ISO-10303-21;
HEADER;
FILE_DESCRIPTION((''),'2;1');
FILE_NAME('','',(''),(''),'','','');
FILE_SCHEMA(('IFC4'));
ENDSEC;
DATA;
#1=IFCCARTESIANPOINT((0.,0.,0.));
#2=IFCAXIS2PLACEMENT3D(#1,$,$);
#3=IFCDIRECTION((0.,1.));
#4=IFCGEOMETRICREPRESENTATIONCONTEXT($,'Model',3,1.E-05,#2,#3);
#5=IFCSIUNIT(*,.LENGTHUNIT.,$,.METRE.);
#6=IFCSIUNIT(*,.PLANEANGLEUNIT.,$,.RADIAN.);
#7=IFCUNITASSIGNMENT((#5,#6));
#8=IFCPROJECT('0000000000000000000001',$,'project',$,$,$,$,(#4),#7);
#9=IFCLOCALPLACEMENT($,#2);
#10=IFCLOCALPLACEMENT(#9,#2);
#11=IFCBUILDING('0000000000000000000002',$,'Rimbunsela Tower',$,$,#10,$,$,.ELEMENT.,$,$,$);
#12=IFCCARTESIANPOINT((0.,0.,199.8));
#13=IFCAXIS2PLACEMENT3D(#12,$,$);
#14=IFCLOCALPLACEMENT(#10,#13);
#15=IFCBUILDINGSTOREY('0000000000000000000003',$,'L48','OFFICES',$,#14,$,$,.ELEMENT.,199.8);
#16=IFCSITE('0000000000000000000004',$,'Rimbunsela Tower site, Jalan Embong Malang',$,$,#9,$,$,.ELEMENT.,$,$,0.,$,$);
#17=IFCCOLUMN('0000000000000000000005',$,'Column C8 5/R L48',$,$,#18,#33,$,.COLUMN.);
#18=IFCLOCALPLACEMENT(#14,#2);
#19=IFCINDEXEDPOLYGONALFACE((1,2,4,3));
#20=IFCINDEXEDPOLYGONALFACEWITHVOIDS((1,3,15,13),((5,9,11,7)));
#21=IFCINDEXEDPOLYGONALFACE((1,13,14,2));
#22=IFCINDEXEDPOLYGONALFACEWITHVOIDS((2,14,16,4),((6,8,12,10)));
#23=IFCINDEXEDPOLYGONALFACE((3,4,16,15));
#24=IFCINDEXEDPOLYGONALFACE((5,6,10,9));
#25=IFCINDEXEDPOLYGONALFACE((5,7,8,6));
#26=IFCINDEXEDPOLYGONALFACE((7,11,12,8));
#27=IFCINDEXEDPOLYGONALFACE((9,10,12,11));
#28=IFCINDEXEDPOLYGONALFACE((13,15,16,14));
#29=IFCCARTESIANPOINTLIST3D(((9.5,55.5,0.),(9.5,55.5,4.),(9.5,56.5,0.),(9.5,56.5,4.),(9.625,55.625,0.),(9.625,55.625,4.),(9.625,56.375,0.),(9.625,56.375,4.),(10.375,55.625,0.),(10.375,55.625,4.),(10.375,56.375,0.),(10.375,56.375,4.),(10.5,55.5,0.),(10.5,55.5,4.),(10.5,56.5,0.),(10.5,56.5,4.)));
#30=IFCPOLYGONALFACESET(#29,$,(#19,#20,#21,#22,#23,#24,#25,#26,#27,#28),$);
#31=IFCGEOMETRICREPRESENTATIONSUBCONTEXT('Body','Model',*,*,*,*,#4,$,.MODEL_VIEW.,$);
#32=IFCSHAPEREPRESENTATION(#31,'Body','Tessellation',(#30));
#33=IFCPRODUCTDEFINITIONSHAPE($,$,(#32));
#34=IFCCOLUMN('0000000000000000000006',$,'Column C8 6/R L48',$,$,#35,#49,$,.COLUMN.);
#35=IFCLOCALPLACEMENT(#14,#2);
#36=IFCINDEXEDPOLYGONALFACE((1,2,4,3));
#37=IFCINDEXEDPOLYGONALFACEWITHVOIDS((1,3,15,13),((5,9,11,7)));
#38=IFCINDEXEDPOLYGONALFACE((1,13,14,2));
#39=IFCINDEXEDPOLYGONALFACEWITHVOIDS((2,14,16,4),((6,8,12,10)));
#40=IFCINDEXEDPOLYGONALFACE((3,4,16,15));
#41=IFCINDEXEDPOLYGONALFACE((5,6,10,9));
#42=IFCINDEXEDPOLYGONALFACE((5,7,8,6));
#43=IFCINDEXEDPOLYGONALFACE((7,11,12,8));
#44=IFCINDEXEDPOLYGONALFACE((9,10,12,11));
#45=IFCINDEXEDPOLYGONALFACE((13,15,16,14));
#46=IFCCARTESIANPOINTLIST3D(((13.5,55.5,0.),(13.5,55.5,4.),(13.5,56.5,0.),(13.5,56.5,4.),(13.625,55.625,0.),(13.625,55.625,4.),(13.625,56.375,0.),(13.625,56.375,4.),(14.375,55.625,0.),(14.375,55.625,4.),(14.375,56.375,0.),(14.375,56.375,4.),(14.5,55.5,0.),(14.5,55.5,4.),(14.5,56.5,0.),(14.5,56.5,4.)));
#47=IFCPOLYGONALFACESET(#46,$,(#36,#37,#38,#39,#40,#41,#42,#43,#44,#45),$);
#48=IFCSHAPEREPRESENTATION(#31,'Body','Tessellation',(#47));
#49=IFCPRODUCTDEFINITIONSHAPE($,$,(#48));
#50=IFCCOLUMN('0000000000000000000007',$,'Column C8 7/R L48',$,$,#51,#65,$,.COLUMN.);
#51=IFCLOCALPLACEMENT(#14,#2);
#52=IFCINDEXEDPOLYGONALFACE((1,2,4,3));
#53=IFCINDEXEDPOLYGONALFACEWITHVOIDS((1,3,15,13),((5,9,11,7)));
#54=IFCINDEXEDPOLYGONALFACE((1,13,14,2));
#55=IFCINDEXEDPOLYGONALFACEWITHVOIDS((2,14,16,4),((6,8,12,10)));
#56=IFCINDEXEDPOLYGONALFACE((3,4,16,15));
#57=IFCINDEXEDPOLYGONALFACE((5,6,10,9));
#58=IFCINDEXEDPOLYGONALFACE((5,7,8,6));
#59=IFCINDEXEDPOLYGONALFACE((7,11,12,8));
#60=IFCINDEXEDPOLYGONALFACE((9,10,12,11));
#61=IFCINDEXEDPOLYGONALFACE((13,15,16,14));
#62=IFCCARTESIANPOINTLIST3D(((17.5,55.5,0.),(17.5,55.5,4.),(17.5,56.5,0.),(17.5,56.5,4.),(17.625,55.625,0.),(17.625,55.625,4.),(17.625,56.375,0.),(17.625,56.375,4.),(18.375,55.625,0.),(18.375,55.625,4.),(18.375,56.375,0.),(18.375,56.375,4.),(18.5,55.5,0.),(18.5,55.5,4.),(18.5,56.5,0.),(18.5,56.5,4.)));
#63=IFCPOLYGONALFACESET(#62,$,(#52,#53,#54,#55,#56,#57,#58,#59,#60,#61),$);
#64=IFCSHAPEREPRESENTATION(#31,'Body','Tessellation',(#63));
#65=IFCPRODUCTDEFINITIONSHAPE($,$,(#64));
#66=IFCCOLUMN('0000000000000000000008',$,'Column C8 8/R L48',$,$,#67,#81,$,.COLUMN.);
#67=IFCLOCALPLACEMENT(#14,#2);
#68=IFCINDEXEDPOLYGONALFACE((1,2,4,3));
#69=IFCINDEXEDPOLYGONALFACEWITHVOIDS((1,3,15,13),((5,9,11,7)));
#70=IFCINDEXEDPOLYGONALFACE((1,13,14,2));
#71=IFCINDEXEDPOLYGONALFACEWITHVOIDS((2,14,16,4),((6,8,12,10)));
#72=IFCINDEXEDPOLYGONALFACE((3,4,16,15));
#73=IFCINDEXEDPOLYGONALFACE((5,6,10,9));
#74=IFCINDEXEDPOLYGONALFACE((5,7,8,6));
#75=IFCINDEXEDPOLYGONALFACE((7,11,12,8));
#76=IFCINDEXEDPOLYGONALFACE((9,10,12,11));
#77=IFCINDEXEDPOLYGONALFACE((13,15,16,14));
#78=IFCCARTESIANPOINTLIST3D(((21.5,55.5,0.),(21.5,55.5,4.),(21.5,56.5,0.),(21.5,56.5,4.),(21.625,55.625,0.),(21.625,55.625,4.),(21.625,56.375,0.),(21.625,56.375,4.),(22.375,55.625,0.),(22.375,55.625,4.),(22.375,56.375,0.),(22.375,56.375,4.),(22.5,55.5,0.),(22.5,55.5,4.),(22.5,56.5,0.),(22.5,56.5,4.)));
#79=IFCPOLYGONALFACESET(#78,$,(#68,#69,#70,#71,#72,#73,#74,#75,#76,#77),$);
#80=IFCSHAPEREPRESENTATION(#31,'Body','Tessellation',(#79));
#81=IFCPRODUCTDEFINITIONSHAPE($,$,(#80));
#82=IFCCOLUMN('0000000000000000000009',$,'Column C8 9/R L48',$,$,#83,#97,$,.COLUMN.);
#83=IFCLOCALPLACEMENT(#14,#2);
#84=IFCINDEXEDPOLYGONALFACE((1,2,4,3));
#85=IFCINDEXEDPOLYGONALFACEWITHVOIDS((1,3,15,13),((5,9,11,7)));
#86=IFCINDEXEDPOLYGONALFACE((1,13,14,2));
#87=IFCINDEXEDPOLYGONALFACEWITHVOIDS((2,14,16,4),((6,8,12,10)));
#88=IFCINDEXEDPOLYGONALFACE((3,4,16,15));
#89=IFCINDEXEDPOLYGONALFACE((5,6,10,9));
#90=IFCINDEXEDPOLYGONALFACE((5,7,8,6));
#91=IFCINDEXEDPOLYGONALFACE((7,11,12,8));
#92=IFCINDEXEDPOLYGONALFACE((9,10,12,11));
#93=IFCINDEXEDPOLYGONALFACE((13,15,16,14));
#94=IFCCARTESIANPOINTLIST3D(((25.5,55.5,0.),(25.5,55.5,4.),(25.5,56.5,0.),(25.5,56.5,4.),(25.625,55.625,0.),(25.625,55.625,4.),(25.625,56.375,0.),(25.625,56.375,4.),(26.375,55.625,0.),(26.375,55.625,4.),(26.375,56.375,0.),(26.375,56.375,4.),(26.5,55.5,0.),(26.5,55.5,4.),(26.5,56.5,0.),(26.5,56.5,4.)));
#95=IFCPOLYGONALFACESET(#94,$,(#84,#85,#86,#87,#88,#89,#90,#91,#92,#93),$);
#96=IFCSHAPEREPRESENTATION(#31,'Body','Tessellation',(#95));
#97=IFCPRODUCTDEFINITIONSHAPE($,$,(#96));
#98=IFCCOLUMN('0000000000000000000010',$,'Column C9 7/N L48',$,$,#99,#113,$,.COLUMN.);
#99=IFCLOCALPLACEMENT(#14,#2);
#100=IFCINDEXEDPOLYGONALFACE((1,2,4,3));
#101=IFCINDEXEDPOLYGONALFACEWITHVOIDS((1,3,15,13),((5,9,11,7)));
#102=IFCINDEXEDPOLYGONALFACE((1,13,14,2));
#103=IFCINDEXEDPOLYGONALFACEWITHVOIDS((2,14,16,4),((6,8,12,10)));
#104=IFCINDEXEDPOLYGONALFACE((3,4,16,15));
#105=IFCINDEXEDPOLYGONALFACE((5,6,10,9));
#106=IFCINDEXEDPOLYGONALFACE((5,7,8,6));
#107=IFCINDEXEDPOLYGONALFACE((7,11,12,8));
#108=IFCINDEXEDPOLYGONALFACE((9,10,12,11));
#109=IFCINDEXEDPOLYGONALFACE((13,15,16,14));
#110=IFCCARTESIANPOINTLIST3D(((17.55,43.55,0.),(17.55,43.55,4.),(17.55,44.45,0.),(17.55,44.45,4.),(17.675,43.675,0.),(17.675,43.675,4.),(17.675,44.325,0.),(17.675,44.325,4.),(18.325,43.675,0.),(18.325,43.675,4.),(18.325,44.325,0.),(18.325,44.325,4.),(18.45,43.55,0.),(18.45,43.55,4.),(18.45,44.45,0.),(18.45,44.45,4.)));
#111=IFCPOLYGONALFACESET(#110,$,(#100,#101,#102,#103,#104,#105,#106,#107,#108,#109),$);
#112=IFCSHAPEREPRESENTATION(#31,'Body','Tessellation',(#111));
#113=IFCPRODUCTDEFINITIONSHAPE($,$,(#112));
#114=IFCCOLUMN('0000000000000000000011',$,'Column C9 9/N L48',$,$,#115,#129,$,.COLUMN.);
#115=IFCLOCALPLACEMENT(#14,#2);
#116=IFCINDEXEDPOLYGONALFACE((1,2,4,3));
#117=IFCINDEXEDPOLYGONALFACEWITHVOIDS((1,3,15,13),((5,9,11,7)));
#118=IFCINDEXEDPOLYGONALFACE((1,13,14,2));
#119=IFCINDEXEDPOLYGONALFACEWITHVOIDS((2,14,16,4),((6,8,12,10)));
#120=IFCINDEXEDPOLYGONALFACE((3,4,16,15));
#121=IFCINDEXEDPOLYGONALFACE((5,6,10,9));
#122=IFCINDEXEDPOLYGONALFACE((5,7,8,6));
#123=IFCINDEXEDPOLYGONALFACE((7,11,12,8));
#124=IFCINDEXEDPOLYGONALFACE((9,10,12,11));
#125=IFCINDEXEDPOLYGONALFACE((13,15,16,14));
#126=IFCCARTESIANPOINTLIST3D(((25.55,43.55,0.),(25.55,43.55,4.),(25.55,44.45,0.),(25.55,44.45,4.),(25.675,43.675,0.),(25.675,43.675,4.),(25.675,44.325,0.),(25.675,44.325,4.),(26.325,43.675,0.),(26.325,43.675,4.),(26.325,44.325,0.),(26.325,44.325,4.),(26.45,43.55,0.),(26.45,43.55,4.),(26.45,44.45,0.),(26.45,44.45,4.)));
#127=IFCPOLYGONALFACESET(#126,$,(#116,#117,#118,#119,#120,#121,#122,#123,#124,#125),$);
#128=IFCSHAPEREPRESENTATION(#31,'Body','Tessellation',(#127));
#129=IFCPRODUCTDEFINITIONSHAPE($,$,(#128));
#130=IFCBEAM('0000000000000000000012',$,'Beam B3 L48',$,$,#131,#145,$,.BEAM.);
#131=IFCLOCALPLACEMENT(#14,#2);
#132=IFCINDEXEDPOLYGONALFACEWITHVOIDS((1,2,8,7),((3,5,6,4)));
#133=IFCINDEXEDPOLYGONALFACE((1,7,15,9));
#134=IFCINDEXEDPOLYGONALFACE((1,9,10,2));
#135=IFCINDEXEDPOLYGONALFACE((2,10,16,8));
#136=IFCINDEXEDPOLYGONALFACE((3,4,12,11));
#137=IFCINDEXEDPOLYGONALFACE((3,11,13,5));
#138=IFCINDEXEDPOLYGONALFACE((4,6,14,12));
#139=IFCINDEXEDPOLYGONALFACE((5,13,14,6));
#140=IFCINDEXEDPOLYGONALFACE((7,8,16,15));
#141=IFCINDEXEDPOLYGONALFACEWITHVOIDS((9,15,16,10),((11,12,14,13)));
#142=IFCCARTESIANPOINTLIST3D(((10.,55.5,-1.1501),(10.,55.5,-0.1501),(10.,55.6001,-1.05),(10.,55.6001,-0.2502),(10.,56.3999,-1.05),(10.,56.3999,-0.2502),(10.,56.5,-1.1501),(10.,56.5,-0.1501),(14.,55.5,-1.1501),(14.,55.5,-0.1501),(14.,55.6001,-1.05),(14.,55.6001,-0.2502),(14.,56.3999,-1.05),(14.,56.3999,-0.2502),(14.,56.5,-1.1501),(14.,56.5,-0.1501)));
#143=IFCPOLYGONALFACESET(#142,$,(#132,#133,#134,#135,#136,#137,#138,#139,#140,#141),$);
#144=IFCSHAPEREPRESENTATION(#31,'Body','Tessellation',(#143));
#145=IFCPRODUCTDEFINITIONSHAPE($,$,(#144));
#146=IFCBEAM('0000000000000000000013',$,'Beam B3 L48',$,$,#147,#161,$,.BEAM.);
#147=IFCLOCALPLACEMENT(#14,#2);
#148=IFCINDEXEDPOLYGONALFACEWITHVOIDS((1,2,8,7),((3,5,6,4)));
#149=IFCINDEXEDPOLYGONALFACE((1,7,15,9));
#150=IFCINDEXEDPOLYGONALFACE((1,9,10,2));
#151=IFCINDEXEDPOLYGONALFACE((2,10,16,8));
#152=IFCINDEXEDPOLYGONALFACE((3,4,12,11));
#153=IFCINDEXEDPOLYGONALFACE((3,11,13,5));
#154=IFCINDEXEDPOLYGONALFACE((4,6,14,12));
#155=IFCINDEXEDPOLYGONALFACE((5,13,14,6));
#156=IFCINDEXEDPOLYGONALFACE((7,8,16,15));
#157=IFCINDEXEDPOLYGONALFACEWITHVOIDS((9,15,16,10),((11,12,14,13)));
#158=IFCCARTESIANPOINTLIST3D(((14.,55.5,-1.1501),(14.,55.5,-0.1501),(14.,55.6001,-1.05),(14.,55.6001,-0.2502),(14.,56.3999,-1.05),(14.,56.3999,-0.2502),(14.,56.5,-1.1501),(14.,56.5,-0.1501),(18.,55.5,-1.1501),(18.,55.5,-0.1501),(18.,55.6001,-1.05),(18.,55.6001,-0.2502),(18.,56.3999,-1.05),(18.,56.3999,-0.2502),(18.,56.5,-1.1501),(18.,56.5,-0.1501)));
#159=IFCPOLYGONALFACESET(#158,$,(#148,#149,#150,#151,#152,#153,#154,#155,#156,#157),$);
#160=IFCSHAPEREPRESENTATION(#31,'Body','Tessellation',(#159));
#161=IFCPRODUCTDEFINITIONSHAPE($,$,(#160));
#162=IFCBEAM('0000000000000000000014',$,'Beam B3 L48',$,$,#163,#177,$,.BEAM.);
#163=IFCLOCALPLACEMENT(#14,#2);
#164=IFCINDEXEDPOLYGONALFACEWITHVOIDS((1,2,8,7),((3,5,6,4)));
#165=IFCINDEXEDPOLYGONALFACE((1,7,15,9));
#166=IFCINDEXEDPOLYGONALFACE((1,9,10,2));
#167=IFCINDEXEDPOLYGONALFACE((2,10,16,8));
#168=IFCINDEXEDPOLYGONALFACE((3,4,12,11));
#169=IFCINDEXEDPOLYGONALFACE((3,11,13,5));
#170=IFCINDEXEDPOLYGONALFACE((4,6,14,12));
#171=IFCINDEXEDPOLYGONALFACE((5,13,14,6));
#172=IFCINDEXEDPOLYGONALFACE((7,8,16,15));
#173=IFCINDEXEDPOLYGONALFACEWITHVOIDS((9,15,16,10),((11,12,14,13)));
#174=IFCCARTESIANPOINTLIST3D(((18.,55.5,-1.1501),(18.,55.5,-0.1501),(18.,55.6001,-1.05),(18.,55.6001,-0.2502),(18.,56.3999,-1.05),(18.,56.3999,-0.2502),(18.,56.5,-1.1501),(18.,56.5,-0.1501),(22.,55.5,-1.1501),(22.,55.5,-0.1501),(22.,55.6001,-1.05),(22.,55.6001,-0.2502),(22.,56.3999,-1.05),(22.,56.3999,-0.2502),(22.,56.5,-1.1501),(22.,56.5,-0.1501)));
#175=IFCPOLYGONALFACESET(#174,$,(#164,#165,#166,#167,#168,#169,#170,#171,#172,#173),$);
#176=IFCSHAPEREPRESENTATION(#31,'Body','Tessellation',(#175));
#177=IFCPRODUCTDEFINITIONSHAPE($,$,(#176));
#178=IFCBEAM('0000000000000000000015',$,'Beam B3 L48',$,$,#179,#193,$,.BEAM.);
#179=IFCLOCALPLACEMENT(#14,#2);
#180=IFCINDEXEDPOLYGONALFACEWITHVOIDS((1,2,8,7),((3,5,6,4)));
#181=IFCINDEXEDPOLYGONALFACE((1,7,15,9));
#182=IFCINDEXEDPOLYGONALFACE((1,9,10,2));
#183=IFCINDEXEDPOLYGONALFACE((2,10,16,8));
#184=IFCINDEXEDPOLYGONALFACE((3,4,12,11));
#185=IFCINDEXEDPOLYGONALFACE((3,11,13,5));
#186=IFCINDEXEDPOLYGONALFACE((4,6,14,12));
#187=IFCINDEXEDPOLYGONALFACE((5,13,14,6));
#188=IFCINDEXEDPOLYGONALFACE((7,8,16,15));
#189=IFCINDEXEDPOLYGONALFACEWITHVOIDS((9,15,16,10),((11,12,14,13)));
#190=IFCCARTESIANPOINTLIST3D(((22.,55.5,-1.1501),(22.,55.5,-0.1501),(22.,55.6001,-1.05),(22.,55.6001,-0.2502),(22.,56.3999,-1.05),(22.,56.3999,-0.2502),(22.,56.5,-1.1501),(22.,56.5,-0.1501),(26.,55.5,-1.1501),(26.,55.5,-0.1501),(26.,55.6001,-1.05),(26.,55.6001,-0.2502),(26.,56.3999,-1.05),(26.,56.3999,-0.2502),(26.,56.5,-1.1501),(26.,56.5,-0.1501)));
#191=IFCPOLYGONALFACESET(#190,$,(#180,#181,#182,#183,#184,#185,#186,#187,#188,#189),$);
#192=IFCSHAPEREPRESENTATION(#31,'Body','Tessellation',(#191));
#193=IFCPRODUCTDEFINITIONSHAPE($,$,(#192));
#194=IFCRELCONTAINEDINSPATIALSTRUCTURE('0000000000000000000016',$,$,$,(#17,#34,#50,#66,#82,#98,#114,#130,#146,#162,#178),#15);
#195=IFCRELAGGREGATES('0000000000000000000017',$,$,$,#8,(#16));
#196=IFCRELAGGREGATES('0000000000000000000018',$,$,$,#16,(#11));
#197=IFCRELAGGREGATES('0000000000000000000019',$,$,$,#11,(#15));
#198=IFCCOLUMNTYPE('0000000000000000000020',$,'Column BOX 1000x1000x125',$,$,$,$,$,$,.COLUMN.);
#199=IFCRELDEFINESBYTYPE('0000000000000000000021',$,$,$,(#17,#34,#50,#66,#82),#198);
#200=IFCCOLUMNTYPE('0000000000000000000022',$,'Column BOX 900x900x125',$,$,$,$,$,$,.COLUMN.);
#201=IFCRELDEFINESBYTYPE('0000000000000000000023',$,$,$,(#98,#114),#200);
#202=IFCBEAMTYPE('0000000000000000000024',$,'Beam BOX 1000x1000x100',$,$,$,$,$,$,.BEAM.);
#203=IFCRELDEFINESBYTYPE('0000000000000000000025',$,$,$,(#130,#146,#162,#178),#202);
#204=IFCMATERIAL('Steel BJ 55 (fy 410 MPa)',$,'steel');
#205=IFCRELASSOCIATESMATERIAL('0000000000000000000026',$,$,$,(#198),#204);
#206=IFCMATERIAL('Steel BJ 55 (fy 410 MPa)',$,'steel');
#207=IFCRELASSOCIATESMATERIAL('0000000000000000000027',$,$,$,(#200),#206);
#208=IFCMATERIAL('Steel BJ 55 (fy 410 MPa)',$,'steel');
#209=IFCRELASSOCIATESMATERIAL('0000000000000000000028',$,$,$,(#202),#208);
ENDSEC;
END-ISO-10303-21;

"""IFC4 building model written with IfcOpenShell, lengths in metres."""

from ifc_helpers import new_model, si_unit, direction, frame, origin, origin_2d, place, context, subcontext, project, spatial, hollow_rectangle, extrude, material, material_profile, profile_set, type_object, element, save


model = new_model("IFC4")

# Units and contexts
model_context = context("Model", 3, precision=1e-05, world=origin(), true_north=direction((0.0, 1.0)))
body_context = subcontext(model_context, "Body", "Model", "MODEL_VIEW")
ifc_project = project(units=[si_unit("LENGTHUNIT", "METRE"), si_unit("PLANEANGLEUNIT", "RADIAN")], contexts=[model_context])

# Site, building, storey
site_placement = place(None, origin())
site = spatial("IfcSite", under=ifc_project, at=site_placement, Name="Rimbunsela Tower site, Jalan Embong Malang", CompositionType="ELEMENT", RefElevation=0.0)
building_placement = place(site_placement, origin())
building = spatial("IfcBuilding", under=site, at=building_placement, Name="Rimbunsela Tower", CompositionType="ELEMENT")
storey_placement = place(building_placement, frame((0.0, 0.0, 199.8)))
storey = spatial("IfcBuildingStorey", under=building, at=storey_placement, Name="L48", Description="OFFICES", CompositionType="ELEMENT", Elevation=199.8)

# Columns
ifc_material_1 = material(Name="Steel BJ 55 (fy 410 MPa)", Category="steel")
ifc_material_profile_1 = material_profile(ifc_material_1, hollow_rectangle(XDim=1.0, YDim=1.0, WallThickness=0.125, at=origin_2d()), Name="BOX 1000x1000x125")
ifc_profile_set_1 = profile_set([ifc_material_profile_1], Name="Steel BJ 55 (fy 410 MPa)")
column_type_1 = type_object("IfcColumnType", Name="Column BOX 1000x1000x125", PredefinedType="COLUMN", material=ifc_profile_set_1)
for number, where, z_axis, x_axis, name in (
    (1, (10.0, 56.0, 0.0), (0.0, 0.0, 1.0), (1.0, 0.0, 0.0), "Column C8 5/R L48"),
    (2, (14.0, 56.0, 0.0), (0.0, 0.0, 1.0), (1.0, 0.0, 0.0), "Column C8 6/R L48"),
    (3, (18.0, 56.0, 0.0), (0.0, 0.0, 1.0), (1.0, 0.0, 0.0), "Column C8 7/R L48"),
    (4, (22.0, 56.0, 0.0), (0.0, 0.0, 1.0), (1.0, 0.0, 0.0), "Column C8 8/R L48"),
    (5, (26.0, 56.0, 0.0), (0.0, 0.0, 1.0), (1.0, 0.0, 0.0), "Column C8 9/R L48"),
):
    element("IfcColumn", number, at=place(storey_placement, frame(where, z_axis=z_axis, x_axis=x_axis)), inside=storey, type_object=column_type_1, Name=name, PredefinedType="COLUMN", context=body_context, shape_type="SweptSolid", body=[
        extrude(hollow_rectangle(XDim=1.0, YDim=1.0, WallThickness=0.125, at=origin_2d()), origin(), (0.0, 0.0, 1.0), 4.0),
    ])
ifc_material_2 = material(Name="Steel BJ 55 (fy 410 MPa)", Category="steel")
ifc_material_profile_2 = material_profile(ifc_material_2, hollow_rectangle(XDim=0.8999, YDim=0.8999, WallThickness=0.125, at=origin_2d()), Name="BOX 900x900x125")
ifc_profile_set_2 = profile_set([ifc_material_profile_2], Name="Steel BJ 55 (fy 410 MPa)")
column_type_2 = type_object("IfcColumnType", Name="Column BOX 900x900x125", PredefinedType="COLUMN", material=ifc_profile_set_2)
for number, where, z_axis, x_axis, name in (
    (6, (18.0, 44.0, 0.0), (0.0, 0.0, 1.0), (1.0, 0.0, 0.0), "Column C9 7/N L48"),
    (7, (26.0, 44.0, 0.0), (0.0, 0.0, 1.0), (1.0, 0.0, 0.0), "Column C9 9/N L48"),
):
    element("IfcColumn", number, at=place(storey_placement, frame(where, z_axis=z_axis, x_axis=x_axis)), inside=storey, type_object=column_type_2, Name=name, PredefinedType="COLUMN", context=body_context, shape_type="SweptSolid", body=[
        extrude(hollow_rectangle(XDim=0.8999, YDim=0.8999, WallThickness=0.125, at=origin_2d()), origin(), (0.0, 0.0, 1.0), 4.0),
    ])

# Beams
ifc_material_3 = material(Name="Steel BJ 55 (fy 410 MPa)", Category="steel")
ifc_material_profile_3 = material_profile(ifc_material_3, hollow_rectangle(XDim=1.0, YDim=1.0, WallThickness=0.1001, at=origin_2d()), Name="BOX 1000x1000x100")
ifc_profile_set_3 = profile_set([ifc_material_profile_3], Name="Steel BJ 55 (fy 410 MPa)")
beam_type_1 = type_object("IfcBeamType", Name="Beam BOX 1000x1000x100", PredefinedType="BEAM", material=ifc_profile_set_3)
for number, where, z_axis, x_axis, name in (
    (8, (10.0, 56.0, -0.6501), (1.0, 0.0, 0.0), (0.0, 1.0, 0.0), "Beam B3 L48"),
    (9, (14.0, 56.0, -0.6501), (1.0, 0.0, 0.0), (0.0, 1.0, 0.0), "Beam B3 L48"),
    (10, (18.0, 56.0, -0.6501), (1.0, 0.0, 0.0), (0.0, 1.0, 0.0), "Beam B3 L48"),
    (11, (22.0, 56.0, -0.6501), (1.0, 0.0, 0.0), (0.0, 1.0, 0.0), "Beam B3 L48"),
):
    element("IfcBeam", number, at=place(storey_placement, frame(where, z_axis=z_axis, x_axis=x_axis)), inside=storey, type_object=beam_type_1, Name=name, PredefinedType="BEAM", context=body_context, shape_type="SweptSolid", body=[
        extrude(hollow_rectangle(XDim=1.0, YDim=1.0, WallThickness=0.1001, at=origin_2d()), origin(), (0.0, 0.0, 1.0), 4.0),
    ])

save(model, "model.ifc")
